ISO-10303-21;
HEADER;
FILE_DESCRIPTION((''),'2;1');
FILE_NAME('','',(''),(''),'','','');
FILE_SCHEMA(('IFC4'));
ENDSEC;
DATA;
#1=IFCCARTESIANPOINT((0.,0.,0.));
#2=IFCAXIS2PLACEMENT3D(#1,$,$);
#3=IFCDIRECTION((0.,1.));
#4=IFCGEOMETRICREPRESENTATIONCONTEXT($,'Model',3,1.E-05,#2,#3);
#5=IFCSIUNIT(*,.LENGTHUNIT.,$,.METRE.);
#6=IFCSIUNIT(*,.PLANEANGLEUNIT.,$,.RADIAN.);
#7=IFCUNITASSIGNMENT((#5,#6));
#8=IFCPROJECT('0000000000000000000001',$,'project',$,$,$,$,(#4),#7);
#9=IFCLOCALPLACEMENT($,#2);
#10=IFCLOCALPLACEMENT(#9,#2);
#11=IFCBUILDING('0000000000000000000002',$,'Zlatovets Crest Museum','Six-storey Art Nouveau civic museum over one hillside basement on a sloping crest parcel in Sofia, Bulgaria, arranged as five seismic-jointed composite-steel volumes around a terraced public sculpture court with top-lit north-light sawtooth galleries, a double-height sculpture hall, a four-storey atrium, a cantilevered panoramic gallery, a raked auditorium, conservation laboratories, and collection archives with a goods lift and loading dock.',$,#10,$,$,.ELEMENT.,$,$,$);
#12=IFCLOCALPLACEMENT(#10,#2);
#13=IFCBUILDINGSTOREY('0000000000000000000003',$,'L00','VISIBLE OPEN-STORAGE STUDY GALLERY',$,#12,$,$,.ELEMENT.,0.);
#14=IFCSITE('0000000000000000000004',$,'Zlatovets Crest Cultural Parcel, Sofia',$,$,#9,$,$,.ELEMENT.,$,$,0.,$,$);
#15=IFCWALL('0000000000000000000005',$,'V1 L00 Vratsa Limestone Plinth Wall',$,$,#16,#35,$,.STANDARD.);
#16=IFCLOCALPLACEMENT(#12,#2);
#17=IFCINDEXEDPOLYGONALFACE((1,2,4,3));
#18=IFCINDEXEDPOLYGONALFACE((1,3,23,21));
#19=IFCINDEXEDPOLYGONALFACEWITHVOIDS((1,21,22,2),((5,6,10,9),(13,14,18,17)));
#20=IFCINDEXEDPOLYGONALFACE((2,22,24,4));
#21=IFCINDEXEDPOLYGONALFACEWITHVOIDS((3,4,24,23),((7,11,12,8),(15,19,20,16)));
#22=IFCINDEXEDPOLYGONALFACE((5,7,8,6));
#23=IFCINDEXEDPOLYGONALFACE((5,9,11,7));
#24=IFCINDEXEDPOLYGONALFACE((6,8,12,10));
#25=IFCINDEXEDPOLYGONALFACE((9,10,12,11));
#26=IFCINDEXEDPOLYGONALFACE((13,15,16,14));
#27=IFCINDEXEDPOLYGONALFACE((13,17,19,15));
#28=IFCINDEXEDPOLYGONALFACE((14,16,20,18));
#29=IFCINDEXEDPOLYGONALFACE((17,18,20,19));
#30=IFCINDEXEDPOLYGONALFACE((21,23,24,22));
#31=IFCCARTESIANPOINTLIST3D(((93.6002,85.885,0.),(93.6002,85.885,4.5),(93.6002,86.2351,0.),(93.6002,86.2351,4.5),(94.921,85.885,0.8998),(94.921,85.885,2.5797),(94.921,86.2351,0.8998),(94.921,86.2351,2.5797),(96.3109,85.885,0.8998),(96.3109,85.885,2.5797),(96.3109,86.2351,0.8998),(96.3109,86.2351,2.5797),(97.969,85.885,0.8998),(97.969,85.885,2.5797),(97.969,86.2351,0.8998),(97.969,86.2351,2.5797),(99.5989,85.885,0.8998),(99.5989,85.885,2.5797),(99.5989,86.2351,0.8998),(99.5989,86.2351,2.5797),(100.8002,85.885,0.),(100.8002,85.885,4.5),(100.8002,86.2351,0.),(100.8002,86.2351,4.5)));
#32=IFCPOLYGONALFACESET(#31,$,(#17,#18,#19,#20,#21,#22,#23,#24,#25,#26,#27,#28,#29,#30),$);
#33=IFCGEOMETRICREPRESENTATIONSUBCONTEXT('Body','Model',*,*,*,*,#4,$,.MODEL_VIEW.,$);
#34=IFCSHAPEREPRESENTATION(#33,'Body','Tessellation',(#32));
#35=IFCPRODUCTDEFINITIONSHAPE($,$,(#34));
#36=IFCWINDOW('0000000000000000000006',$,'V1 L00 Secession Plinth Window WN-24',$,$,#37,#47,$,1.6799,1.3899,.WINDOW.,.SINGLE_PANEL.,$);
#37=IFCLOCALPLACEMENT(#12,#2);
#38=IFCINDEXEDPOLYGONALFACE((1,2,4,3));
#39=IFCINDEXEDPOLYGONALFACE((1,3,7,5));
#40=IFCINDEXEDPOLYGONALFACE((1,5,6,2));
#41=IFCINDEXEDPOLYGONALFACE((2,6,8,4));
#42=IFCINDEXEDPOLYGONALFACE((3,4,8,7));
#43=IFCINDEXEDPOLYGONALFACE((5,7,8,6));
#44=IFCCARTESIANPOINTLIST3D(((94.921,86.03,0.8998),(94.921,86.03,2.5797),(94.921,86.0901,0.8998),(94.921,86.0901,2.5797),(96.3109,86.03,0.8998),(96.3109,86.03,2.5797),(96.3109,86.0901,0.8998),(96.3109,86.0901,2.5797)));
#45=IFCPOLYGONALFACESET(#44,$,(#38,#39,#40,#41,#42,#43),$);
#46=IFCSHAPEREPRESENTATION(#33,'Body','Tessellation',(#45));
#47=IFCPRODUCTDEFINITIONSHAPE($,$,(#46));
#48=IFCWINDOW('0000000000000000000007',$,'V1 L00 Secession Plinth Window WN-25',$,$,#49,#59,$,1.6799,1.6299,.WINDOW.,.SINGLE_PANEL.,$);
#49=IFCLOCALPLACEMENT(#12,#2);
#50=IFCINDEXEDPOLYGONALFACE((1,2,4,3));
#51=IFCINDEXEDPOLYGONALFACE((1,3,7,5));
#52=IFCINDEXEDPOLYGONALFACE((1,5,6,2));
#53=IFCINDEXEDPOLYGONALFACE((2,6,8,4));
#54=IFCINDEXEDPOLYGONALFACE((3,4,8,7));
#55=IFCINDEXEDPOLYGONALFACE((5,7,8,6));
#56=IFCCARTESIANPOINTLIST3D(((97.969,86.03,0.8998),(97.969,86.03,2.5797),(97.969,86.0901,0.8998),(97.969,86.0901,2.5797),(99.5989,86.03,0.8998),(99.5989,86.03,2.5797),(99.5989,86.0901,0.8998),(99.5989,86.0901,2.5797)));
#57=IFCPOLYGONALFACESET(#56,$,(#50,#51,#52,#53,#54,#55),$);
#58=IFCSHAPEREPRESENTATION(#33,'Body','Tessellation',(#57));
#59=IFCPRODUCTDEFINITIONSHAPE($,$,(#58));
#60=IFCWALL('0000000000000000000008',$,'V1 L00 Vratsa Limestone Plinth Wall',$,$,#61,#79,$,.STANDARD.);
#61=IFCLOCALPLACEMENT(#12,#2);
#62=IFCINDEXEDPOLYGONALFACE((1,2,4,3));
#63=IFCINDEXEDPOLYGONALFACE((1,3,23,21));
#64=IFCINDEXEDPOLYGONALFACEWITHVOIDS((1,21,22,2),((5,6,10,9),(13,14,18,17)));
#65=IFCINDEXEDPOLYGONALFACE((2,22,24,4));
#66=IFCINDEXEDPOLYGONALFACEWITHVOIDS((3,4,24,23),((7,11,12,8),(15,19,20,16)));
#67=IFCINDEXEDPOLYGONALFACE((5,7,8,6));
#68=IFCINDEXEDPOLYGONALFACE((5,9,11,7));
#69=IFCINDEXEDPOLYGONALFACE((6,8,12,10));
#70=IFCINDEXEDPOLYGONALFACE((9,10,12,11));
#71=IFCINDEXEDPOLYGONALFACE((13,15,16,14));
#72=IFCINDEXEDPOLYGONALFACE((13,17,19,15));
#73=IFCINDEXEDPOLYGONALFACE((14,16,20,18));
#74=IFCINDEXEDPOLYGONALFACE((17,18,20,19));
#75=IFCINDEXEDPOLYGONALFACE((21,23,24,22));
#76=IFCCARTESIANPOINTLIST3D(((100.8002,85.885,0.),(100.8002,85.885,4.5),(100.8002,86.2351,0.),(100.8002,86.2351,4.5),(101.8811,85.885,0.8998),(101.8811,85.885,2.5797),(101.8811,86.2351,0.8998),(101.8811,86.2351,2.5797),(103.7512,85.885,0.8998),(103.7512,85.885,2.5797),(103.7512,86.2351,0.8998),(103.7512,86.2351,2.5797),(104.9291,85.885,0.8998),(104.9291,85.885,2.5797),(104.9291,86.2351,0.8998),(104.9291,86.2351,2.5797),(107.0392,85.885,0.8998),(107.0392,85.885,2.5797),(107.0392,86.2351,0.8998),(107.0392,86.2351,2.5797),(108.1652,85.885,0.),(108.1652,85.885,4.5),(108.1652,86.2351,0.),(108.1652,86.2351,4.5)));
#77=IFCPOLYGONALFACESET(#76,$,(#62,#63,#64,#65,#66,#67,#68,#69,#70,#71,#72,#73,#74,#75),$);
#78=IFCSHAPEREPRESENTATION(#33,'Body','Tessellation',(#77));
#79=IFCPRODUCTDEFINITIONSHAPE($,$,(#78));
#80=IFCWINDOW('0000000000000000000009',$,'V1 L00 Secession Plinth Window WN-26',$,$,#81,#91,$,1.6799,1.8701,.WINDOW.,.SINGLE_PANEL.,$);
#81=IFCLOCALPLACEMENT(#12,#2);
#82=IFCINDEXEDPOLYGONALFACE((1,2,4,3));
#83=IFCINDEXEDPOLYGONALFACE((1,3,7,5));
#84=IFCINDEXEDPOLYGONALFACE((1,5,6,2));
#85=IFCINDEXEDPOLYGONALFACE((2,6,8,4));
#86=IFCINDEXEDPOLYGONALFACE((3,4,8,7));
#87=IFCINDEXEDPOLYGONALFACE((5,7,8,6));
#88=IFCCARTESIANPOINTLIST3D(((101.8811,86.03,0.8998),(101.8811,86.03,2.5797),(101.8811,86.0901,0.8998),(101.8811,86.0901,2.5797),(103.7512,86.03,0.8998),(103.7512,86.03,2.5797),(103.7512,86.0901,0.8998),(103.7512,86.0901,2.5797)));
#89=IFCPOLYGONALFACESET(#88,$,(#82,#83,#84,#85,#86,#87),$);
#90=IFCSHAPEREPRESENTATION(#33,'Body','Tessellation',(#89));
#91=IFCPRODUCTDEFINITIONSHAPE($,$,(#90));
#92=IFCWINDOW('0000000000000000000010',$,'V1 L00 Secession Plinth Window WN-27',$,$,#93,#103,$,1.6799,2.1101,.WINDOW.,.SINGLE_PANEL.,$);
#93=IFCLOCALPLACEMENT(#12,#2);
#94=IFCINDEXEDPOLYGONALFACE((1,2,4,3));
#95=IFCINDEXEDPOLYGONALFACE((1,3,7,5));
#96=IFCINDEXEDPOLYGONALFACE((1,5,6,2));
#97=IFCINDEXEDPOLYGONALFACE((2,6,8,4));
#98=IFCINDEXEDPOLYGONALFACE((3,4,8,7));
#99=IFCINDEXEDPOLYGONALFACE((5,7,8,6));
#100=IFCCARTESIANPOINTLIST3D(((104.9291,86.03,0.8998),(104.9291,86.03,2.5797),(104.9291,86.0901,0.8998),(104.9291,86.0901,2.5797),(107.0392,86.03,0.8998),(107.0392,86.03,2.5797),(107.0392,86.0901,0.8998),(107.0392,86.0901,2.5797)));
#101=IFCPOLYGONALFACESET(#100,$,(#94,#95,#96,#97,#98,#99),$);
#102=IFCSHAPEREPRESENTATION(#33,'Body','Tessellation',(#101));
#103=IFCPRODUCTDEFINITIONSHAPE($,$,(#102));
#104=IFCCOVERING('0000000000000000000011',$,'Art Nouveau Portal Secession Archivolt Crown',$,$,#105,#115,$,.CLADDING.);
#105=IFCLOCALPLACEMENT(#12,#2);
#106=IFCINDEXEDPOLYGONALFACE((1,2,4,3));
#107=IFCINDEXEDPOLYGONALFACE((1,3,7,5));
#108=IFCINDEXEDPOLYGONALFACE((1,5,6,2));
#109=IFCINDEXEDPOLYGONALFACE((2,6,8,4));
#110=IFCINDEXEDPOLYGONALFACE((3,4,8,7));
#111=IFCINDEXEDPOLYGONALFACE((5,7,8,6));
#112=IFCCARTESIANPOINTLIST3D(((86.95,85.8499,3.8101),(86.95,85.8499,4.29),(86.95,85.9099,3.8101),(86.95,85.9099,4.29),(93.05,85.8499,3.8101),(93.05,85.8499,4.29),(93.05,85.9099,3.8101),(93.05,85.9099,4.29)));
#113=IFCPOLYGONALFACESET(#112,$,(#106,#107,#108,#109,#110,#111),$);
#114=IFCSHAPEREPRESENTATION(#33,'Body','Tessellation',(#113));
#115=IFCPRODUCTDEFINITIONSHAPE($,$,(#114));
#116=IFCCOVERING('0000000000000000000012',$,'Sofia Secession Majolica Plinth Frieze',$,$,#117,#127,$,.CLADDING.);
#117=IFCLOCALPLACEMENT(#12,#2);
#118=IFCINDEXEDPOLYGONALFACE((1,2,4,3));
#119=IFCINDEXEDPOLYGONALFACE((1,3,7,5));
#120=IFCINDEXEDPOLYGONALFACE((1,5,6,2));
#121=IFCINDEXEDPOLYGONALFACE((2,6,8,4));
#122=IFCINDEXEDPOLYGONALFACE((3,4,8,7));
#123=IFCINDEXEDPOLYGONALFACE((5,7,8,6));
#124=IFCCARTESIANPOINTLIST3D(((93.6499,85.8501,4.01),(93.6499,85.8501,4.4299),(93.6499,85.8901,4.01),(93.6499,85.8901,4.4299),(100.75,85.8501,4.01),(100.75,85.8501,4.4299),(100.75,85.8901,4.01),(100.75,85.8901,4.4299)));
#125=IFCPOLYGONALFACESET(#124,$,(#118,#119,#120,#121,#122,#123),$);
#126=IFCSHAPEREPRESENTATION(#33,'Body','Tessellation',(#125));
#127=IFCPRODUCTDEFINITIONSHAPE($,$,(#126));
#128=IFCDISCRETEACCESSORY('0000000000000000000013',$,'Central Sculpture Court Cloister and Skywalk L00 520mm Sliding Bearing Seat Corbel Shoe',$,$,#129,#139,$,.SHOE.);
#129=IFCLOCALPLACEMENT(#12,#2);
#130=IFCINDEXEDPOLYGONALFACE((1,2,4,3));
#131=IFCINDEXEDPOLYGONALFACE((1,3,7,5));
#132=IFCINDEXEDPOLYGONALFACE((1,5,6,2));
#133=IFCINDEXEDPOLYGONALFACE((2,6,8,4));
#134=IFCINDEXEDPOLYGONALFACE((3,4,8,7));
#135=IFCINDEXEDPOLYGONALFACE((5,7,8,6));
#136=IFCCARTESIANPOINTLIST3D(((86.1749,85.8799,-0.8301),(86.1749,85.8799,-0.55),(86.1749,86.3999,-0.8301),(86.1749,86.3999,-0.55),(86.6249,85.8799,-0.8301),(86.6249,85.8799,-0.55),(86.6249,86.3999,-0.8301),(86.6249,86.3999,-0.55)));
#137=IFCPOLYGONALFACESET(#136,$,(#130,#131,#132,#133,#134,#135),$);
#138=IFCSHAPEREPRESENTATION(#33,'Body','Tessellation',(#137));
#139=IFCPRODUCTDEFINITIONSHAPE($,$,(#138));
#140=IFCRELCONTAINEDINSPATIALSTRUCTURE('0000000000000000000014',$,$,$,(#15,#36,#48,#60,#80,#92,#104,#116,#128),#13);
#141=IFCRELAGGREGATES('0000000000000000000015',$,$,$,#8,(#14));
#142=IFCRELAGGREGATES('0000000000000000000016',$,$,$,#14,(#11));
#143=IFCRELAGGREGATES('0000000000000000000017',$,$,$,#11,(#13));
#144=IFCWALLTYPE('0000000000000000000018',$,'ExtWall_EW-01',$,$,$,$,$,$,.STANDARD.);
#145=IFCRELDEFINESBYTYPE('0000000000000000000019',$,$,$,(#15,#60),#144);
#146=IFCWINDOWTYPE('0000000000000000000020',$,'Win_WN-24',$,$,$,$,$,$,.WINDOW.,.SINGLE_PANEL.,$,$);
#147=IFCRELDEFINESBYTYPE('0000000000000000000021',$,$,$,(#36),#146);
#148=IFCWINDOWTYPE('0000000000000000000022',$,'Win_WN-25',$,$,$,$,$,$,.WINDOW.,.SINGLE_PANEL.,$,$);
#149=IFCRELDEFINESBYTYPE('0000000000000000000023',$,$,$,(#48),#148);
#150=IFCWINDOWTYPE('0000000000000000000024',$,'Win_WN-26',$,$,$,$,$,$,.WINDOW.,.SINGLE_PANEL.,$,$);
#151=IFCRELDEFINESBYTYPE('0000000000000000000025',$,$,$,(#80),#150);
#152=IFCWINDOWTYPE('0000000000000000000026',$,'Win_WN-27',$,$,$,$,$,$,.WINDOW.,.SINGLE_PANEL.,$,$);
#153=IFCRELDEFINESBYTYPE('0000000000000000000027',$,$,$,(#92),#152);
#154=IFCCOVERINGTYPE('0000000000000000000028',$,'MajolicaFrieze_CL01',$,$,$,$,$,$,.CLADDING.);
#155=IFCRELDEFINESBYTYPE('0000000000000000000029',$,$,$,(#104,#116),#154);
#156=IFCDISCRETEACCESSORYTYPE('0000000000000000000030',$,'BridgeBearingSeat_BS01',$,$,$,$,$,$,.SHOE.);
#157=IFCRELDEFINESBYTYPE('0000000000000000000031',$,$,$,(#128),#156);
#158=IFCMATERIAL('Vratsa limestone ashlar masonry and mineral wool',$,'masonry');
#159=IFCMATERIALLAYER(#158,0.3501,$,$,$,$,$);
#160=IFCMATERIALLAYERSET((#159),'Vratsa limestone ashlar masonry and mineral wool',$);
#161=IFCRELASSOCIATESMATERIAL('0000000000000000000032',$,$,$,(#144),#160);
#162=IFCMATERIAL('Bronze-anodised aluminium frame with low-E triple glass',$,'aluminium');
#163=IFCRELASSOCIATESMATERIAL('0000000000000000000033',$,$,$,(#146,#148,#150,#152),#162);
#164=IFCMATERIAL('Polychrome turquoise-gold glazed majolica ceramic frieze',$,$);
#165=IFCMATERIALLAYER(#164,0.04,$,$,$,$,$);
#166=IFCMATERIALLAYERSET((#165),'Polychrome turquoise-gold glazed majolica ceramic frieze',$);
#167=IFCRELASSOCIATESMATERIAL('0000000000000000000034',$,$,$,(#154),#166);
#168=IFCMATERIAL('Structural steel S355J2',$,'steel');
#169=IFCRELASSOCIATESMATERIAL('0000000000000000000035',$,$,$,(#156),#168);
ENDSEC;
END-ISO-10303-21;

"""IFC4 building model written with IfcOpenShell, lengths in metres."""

from ifc_helpers import new_model, si_unit, direction, frame, frame_2d, origin, origin_2d, place, context, subcontext, project, spatial, rectangle, extrude, material, layer, layer_set, type_object, element, fill, save


model = new_model("IFC4")

# Units and contexts
model_context = context("Model", 3, precision=1e-05, world=origin(), true_north=direction((0.0, 1.0)))
body_context = subcontext(model_context, "Body", "Model", "MODEL_VIEW")
ifc_project = project(units=[si_unit("LENGTHUNIT", "METRE"), si_unit("PLANEANGLEUNIT", "RADIAN")], contexts=[model_context])

# Site, building, storey
site_placement = place(None, origin())
site = spatial("IfcSite", under=ifc_project, at=site_placement, Name="Zlatovets Crest Cultural Parcel, Sofia", CompositionType="ELEMENT", RefElevation=0.0)
building_placement = place(site_placement, origin())
building = spatial("IfcBuilding", under=site, at=building_placement, Name="Zlatovets Crest Museum", Description="Six-storey Art Nouveau civic museum over one hillside basement on a sloping crest parcel in Sofia, Bulgaria, arranged as five seismic-jointed composite-steel volumes around a terraced public sculpture court with top-lit north-light sawtooth galleries, a double-height sculpture hall, a four-storey atrium, a cantilevered panoramic gallery, a raked auditorium, conservation laboratories, and collection archives with a goods lift and loading dock.", CompositionType="ELEMENT")
storey_placement = place(building_placement, origin())
storey = spatial("IfcBuildingStorey", under=building, at=storey_placement, Name="L00", Description="VISIBLE OPEN-STORAGE STUDY GALLERY", CompositionType="ELEMENT", Elevation=0.0)

# Shared definitions
ifc_material_1 = material(Name="Structural steel S355J2", Category="steel")

# Shared definitions
ifc_material_2 = material(Name="Vratsa limestone ashlar masonry and mineral wool", Category="masonry")
ifc_layer_1 = layer(ifc_material_2, 0.3501)
ifc_layer_set_1 = layer_set([ifc_layer_1], Name="Vratsa limestone ashlar masonry and mineral wool")
wall_type = type_object("IfcWallType", Name="ExtWall_EW-01", PredefinedType="STANDARD", material=ifc_layer_set_1)
ifc_material_3 = material(Name="Bronze-anodised aluminium frame with low-E triple glass", Category="aluminium")

# Walls, openings, windows
wall_1_placement = place(storey_placement, frame((93.6001, 86.0601, 0.0), z_axis=(0.0, 0.0, 1.0), x_axis=(1.0, 0.0, 0.0)))
wall_1 = element("IfcWall", 1, at=wall_1_placement, inside=storey, type_object=wall_type, Name="V1 L00 Vratsa Limestone Plinth Wall", PredefinedType="STANDARD", context=body_context, shape_type="SweptSolid", body=[
    extrude(rectangle(XDim=7.2, YDim=0.3501, at=frame_2d((3.6001, 0.0))), origin(), (0.0, 0.0, 1.0), 4.5),
])
opening_1_placement = place(wall_1_placement, frame((1.321, 0.0, 0.8999)))
opening_1 = element("IfcOpeningElement", 2, at=opening_1_placement, cuts=wall_1, PredefinedType="OPENING", context=body_context, shape_type="SweptSolid", body=[
    extrude(rectangle(XDim=1.3899, YDim=1.6799, at=frame_2d((0.6948, 0.8398))), frame((0.0, 0.1851, 0.0), z_axis=(0.0, -1.0, 0.0), x_axis=(1.0, 0.0, 0.0)), (0.0, 0.0, 1.0), 0.3701),
])
opening_2_placement = place(wall_1_placement, frame((4.3689, 0.0, 0.8999)))
opening_2 = element("IfcOpeningElement", 3, at=opening_2_placement, cuts=wall_1, PredefinedType="OPENING", context=body_context, shape_type="SweptSolid", body=[
    extrude(rectangle(XDim=1.6299, YDim=1.6799, at=frame_2d((0.8149, 0.8398))), frame((0.0, 0.1851, 0.0), z_axis=(0.0, -1.0, 0.0), x_axis=(1.0, 0.0, 0.0)), (0.0, 0.0, 1.0), 0.3701),
])
window_type_1 = type_object("IfcWindowType", Name="Win_WN-24", PartitioningType="SINGLE_PANEL", PredefinedType="WINDOW", material=ifc_material_3)
window_1_placement = place(opening_1_placement, origin())
window_1 = element("IfcWindow", 4, at=window_1_placement, inside=storey, type_object=window_type_1, Name="V1 L00 Secession Plinth Window WN-24", OverallHeight=1.6799, OverallWidth=1.3899, PartitioningType="SINGLE_PANEL", PredefinedType="WINDOW", context=body_context, shape_type="SweptSolid", body=[
    extrude(rectangle(XDim=1.3899, YDim=1.6799, at=frame_2d((0.6948, 0.8398))), frame((0.0, 0.03, 0.0), z_axis=(0.0, -1.0, 0.0), x_axis=(1.0, 0.0, 0.0)), (0.0, 0.0, 1.0), 0.0601),
])
fill(opening_1, window_1)
window_type_2 = type_object("IfcWindowType", Name="Win_WN-25", PartitioningType="SINGLE_PANEL", PredefinedType="WINDOW", material=ifc_material_3)
window_2_placement = place(opening_2_placement, origin())
window_2 = element("IfcWindow", 5, at=window_2_placement, inside=storey, type_object=window_type_2, Name="V1 L00 Secession Plinth Window WN-25", OverallHeight=1.6799, OverallWidth=1.6299, PartitioningType="SINGLE_PANEL", PredefinedType="WINDOW", context=body_context, shape_type="SweptSolid", body=[
    extrude(rectangle(XDim=1.6299, YDim=1.6799, at=frame_2d((0.8149, 0.8398))), frame((0.0, 0.03, 0.0), z_axis=(0.0, -1.0, 0.0), x_axis=(1.0, 0.0, 0.0)), (0.0, 0.0, 1.0), 0.0601),
])
fill(opening_2, window_2)
wall_2_placement = place(storey_placement, frame((100.8, 86.0601, 0.0), z_axis=(0.0, 0.0, 1.0), x_axis=(1.0, 0.0, 0.0)))
wall_2 = element("IfcWall", 6, at=wall_2_placement, inside=storey, type_object=wall_type, Name="V1 L00 Vratsa Limestone Plinth Wall", PredefinedType="STANDARD", context=body_context, shape_type="SweptSolid", body=[
    extrude(rectangle(XDim=7.365, YDim=0.3501, at=frame_2d((3.6826, 0.0))), origin(), (0.0, 0.0, 1.0), 4.5),
])
opening_3_placement = place(wall_2_placement, frame((1.0811, 0.0, 0.8999)))
opening_3 = element("IfcOpeningElement", 7, at=opening_3_placement, cuts=wall_2, PredefinedType="OPENING", context=body_context, shape_type="SweptSolid", body=[
    extrude(rectangle(XDim=1.8701, YDim=1.6799, at=frame_2d((0.9351, 0.8398))), frame((0.0, 0.1851, 0.0), z_axis=(0.0, -1.0, 0.0), x_axis=(1.0, 0.0, 0.0)), (0.0, 0.0, 1.0), 0.3701),
])
opening_4_placement = place(wall_2_placement, frame((4.1289, 0.0, 0.8999)))
opening_4 = element("IfcOpeningElement", 8, at=opening_4_placement, cuts=wall_2, PredefinedType="OPENING", context=body_context, shape_type="SweptSolid", body=[
    extrude(rectangle(XDim=2.1101, YDim=1.6799, at=frame_2d((1.0552, 0.8398))), frame((0.0, 0.1851, 0.0), z_axis=(0.0, -1.0, 0.0), x_axis=(1.0, 0.0, 0.0)), (0.0, 0.0, 1.0), 0.3701),
])
window_type_3 = type_object("IfcWindowType", Name="Win_WN-26", PartitioningType="SINGLE_PANEL", PredefinedType="WINDOW", material=ifc_material_3)
window_3_placement = place(opening_3_placement, origin())
window_3 = element("IfcWindow", 9, at=window_3_placement, inside=storey, type_object=window_type_3, Name="V1 L00 Secession Plinth Window WN-26", OverallHeight=1.6799, OverallWidth=1.8701, PartitioningType="SINGLE_PANEL", PredefinedType="WINDOW", context=body_context, shape_type="SweptSolid", body=[
    extrude(rectangle(XDim=1.8701, YDim=1.6799, at=frame_2d((0.9351, 0.8398))), frame((0.0, 0.03, 0.0), z_axis=(0.0, -1.0, 0.0), x_axis=(1.0, 0.0, 0.0)), (0.0, 0.0, 1.0), 0.0601),
])
fill(opening_3, window_3)
window_type_4 = type_object("IfcWindowType", Name="Win_WN-27", PartitioningType="SINGLE_PANEL", PredefinedType="WINDOW", material=ifc_material_3)
window_4_placement = place(opening_4_placement, origin())
window_4 = element("IfcWindow", 10, at=window_4_placement, inside=storey, type_object=window_type_4, Name="V1 L00 Secession Plinth Window WN-27", OverallHeight=1.6799, OverallWidth=2.1101, PartitioningType="SINGLE_PANEL", PredefinedType="WINDOW", context=body_context, shape_type="SweptSolid", body=[
    extrude(rectangle(XDim=2.1101, YDim=1.6799, at=frame_2d((1.0552, 0.8398))), frame((0.0, 0.03, 0.0), z_axis=(0.0, -1.0, 0.0), x_axis=(1.0, 0.0, 0.0)), (0.0, 0.0, 1.0), 0.0601),
])
fill(opening_4, window_4)

# Coverings
ifc_material_4 = material(Name="Polychrome turquoise-gold glazed majolica ceramic frieze")
ifc_layer_2 = layer(ifc_material_4, 0.04)
ifc_layer_set_2 = layer_set([ifc_layer_2], Name="Polychrome turquoise-gold glazed majolica ceramic frieze")
covering_type = type_object("IfcCoveringType", Name="MajolicaFrieze_CL01", PredefinedType="CLADDING", material=ifc_layer_set_2)
covering_1_placement = place(storey_placement, frame((90.0, 85.8799, 3.8101), z_axis=(0.0, 0.0, 1.0), x_axis=(1.0, 0.0, 0.0)))
element("IfcCovering", 11, at=covering_1_placement, inside=storey, type_object=covering_type, Name="Art Nouveau Portal Secession Archivolt Crown", PredefinedType="CLADDING", context=body_context, shape_type="SweptSolid", body=[
    extrude(rectangle(XDim=6.1001, YDim=0.0601, at=origin_2d()), origin(), (0.0, 0.0, 1.0), 0.48),
])
covering_2_placement = place(storey_placement, frame((97.2, 85.8701, 4.01), z_axis=(0.0, 0.0, 1.0), x_axis=(1.0, 0.0, 0.0)))
element("IfcCovering", 12, at=covering_2_placement, inside=storey, type_object=covering_type, Name="Sofia Secession Majolica Plinth Frieze", PredefinedType="CLADDING", context=body_context, shape_type="SweptSolid", body=[
    extrude(rectangle(XDim=7.1001, YDim=0.04, at=origin_2d()), origin(), (0.0, 0.0, 1.0), 0.4199),
])

# Discrete accessory
discrete_accessory_type = type_object("IfcDiscreteAccessoryType", Name="BridgeBearingSeat_BS01", PredefinedType="SHOE", material=ifc_material_1)
discrete_accessory_placement = place(storey_placement, frame((86.3999, 86.1399, -0.8301), z_axis=(0.0, 0.0, 1.0), x_axis=(1.0, 0.0, 0.0)))
element("IfcDiscreteAccessory", 13, at=discrete_accessory_placement, inside=storey, type_object=discrete_accessory_type, Name="Central Sculpture Court Cloister and Skywalk L00 520mm Sliding Bearing Seat Corbel Shoe", PredefinedType="SHOE", context=body_context, shape_type="SweptSolid", body=[
    extrude(rectangle(XDim=0.45, YDim=0.52, at=origin_2d()), origin(), (0.0, 0.0, 1.0), 0.28),
])

save(model, "model.ifc")
